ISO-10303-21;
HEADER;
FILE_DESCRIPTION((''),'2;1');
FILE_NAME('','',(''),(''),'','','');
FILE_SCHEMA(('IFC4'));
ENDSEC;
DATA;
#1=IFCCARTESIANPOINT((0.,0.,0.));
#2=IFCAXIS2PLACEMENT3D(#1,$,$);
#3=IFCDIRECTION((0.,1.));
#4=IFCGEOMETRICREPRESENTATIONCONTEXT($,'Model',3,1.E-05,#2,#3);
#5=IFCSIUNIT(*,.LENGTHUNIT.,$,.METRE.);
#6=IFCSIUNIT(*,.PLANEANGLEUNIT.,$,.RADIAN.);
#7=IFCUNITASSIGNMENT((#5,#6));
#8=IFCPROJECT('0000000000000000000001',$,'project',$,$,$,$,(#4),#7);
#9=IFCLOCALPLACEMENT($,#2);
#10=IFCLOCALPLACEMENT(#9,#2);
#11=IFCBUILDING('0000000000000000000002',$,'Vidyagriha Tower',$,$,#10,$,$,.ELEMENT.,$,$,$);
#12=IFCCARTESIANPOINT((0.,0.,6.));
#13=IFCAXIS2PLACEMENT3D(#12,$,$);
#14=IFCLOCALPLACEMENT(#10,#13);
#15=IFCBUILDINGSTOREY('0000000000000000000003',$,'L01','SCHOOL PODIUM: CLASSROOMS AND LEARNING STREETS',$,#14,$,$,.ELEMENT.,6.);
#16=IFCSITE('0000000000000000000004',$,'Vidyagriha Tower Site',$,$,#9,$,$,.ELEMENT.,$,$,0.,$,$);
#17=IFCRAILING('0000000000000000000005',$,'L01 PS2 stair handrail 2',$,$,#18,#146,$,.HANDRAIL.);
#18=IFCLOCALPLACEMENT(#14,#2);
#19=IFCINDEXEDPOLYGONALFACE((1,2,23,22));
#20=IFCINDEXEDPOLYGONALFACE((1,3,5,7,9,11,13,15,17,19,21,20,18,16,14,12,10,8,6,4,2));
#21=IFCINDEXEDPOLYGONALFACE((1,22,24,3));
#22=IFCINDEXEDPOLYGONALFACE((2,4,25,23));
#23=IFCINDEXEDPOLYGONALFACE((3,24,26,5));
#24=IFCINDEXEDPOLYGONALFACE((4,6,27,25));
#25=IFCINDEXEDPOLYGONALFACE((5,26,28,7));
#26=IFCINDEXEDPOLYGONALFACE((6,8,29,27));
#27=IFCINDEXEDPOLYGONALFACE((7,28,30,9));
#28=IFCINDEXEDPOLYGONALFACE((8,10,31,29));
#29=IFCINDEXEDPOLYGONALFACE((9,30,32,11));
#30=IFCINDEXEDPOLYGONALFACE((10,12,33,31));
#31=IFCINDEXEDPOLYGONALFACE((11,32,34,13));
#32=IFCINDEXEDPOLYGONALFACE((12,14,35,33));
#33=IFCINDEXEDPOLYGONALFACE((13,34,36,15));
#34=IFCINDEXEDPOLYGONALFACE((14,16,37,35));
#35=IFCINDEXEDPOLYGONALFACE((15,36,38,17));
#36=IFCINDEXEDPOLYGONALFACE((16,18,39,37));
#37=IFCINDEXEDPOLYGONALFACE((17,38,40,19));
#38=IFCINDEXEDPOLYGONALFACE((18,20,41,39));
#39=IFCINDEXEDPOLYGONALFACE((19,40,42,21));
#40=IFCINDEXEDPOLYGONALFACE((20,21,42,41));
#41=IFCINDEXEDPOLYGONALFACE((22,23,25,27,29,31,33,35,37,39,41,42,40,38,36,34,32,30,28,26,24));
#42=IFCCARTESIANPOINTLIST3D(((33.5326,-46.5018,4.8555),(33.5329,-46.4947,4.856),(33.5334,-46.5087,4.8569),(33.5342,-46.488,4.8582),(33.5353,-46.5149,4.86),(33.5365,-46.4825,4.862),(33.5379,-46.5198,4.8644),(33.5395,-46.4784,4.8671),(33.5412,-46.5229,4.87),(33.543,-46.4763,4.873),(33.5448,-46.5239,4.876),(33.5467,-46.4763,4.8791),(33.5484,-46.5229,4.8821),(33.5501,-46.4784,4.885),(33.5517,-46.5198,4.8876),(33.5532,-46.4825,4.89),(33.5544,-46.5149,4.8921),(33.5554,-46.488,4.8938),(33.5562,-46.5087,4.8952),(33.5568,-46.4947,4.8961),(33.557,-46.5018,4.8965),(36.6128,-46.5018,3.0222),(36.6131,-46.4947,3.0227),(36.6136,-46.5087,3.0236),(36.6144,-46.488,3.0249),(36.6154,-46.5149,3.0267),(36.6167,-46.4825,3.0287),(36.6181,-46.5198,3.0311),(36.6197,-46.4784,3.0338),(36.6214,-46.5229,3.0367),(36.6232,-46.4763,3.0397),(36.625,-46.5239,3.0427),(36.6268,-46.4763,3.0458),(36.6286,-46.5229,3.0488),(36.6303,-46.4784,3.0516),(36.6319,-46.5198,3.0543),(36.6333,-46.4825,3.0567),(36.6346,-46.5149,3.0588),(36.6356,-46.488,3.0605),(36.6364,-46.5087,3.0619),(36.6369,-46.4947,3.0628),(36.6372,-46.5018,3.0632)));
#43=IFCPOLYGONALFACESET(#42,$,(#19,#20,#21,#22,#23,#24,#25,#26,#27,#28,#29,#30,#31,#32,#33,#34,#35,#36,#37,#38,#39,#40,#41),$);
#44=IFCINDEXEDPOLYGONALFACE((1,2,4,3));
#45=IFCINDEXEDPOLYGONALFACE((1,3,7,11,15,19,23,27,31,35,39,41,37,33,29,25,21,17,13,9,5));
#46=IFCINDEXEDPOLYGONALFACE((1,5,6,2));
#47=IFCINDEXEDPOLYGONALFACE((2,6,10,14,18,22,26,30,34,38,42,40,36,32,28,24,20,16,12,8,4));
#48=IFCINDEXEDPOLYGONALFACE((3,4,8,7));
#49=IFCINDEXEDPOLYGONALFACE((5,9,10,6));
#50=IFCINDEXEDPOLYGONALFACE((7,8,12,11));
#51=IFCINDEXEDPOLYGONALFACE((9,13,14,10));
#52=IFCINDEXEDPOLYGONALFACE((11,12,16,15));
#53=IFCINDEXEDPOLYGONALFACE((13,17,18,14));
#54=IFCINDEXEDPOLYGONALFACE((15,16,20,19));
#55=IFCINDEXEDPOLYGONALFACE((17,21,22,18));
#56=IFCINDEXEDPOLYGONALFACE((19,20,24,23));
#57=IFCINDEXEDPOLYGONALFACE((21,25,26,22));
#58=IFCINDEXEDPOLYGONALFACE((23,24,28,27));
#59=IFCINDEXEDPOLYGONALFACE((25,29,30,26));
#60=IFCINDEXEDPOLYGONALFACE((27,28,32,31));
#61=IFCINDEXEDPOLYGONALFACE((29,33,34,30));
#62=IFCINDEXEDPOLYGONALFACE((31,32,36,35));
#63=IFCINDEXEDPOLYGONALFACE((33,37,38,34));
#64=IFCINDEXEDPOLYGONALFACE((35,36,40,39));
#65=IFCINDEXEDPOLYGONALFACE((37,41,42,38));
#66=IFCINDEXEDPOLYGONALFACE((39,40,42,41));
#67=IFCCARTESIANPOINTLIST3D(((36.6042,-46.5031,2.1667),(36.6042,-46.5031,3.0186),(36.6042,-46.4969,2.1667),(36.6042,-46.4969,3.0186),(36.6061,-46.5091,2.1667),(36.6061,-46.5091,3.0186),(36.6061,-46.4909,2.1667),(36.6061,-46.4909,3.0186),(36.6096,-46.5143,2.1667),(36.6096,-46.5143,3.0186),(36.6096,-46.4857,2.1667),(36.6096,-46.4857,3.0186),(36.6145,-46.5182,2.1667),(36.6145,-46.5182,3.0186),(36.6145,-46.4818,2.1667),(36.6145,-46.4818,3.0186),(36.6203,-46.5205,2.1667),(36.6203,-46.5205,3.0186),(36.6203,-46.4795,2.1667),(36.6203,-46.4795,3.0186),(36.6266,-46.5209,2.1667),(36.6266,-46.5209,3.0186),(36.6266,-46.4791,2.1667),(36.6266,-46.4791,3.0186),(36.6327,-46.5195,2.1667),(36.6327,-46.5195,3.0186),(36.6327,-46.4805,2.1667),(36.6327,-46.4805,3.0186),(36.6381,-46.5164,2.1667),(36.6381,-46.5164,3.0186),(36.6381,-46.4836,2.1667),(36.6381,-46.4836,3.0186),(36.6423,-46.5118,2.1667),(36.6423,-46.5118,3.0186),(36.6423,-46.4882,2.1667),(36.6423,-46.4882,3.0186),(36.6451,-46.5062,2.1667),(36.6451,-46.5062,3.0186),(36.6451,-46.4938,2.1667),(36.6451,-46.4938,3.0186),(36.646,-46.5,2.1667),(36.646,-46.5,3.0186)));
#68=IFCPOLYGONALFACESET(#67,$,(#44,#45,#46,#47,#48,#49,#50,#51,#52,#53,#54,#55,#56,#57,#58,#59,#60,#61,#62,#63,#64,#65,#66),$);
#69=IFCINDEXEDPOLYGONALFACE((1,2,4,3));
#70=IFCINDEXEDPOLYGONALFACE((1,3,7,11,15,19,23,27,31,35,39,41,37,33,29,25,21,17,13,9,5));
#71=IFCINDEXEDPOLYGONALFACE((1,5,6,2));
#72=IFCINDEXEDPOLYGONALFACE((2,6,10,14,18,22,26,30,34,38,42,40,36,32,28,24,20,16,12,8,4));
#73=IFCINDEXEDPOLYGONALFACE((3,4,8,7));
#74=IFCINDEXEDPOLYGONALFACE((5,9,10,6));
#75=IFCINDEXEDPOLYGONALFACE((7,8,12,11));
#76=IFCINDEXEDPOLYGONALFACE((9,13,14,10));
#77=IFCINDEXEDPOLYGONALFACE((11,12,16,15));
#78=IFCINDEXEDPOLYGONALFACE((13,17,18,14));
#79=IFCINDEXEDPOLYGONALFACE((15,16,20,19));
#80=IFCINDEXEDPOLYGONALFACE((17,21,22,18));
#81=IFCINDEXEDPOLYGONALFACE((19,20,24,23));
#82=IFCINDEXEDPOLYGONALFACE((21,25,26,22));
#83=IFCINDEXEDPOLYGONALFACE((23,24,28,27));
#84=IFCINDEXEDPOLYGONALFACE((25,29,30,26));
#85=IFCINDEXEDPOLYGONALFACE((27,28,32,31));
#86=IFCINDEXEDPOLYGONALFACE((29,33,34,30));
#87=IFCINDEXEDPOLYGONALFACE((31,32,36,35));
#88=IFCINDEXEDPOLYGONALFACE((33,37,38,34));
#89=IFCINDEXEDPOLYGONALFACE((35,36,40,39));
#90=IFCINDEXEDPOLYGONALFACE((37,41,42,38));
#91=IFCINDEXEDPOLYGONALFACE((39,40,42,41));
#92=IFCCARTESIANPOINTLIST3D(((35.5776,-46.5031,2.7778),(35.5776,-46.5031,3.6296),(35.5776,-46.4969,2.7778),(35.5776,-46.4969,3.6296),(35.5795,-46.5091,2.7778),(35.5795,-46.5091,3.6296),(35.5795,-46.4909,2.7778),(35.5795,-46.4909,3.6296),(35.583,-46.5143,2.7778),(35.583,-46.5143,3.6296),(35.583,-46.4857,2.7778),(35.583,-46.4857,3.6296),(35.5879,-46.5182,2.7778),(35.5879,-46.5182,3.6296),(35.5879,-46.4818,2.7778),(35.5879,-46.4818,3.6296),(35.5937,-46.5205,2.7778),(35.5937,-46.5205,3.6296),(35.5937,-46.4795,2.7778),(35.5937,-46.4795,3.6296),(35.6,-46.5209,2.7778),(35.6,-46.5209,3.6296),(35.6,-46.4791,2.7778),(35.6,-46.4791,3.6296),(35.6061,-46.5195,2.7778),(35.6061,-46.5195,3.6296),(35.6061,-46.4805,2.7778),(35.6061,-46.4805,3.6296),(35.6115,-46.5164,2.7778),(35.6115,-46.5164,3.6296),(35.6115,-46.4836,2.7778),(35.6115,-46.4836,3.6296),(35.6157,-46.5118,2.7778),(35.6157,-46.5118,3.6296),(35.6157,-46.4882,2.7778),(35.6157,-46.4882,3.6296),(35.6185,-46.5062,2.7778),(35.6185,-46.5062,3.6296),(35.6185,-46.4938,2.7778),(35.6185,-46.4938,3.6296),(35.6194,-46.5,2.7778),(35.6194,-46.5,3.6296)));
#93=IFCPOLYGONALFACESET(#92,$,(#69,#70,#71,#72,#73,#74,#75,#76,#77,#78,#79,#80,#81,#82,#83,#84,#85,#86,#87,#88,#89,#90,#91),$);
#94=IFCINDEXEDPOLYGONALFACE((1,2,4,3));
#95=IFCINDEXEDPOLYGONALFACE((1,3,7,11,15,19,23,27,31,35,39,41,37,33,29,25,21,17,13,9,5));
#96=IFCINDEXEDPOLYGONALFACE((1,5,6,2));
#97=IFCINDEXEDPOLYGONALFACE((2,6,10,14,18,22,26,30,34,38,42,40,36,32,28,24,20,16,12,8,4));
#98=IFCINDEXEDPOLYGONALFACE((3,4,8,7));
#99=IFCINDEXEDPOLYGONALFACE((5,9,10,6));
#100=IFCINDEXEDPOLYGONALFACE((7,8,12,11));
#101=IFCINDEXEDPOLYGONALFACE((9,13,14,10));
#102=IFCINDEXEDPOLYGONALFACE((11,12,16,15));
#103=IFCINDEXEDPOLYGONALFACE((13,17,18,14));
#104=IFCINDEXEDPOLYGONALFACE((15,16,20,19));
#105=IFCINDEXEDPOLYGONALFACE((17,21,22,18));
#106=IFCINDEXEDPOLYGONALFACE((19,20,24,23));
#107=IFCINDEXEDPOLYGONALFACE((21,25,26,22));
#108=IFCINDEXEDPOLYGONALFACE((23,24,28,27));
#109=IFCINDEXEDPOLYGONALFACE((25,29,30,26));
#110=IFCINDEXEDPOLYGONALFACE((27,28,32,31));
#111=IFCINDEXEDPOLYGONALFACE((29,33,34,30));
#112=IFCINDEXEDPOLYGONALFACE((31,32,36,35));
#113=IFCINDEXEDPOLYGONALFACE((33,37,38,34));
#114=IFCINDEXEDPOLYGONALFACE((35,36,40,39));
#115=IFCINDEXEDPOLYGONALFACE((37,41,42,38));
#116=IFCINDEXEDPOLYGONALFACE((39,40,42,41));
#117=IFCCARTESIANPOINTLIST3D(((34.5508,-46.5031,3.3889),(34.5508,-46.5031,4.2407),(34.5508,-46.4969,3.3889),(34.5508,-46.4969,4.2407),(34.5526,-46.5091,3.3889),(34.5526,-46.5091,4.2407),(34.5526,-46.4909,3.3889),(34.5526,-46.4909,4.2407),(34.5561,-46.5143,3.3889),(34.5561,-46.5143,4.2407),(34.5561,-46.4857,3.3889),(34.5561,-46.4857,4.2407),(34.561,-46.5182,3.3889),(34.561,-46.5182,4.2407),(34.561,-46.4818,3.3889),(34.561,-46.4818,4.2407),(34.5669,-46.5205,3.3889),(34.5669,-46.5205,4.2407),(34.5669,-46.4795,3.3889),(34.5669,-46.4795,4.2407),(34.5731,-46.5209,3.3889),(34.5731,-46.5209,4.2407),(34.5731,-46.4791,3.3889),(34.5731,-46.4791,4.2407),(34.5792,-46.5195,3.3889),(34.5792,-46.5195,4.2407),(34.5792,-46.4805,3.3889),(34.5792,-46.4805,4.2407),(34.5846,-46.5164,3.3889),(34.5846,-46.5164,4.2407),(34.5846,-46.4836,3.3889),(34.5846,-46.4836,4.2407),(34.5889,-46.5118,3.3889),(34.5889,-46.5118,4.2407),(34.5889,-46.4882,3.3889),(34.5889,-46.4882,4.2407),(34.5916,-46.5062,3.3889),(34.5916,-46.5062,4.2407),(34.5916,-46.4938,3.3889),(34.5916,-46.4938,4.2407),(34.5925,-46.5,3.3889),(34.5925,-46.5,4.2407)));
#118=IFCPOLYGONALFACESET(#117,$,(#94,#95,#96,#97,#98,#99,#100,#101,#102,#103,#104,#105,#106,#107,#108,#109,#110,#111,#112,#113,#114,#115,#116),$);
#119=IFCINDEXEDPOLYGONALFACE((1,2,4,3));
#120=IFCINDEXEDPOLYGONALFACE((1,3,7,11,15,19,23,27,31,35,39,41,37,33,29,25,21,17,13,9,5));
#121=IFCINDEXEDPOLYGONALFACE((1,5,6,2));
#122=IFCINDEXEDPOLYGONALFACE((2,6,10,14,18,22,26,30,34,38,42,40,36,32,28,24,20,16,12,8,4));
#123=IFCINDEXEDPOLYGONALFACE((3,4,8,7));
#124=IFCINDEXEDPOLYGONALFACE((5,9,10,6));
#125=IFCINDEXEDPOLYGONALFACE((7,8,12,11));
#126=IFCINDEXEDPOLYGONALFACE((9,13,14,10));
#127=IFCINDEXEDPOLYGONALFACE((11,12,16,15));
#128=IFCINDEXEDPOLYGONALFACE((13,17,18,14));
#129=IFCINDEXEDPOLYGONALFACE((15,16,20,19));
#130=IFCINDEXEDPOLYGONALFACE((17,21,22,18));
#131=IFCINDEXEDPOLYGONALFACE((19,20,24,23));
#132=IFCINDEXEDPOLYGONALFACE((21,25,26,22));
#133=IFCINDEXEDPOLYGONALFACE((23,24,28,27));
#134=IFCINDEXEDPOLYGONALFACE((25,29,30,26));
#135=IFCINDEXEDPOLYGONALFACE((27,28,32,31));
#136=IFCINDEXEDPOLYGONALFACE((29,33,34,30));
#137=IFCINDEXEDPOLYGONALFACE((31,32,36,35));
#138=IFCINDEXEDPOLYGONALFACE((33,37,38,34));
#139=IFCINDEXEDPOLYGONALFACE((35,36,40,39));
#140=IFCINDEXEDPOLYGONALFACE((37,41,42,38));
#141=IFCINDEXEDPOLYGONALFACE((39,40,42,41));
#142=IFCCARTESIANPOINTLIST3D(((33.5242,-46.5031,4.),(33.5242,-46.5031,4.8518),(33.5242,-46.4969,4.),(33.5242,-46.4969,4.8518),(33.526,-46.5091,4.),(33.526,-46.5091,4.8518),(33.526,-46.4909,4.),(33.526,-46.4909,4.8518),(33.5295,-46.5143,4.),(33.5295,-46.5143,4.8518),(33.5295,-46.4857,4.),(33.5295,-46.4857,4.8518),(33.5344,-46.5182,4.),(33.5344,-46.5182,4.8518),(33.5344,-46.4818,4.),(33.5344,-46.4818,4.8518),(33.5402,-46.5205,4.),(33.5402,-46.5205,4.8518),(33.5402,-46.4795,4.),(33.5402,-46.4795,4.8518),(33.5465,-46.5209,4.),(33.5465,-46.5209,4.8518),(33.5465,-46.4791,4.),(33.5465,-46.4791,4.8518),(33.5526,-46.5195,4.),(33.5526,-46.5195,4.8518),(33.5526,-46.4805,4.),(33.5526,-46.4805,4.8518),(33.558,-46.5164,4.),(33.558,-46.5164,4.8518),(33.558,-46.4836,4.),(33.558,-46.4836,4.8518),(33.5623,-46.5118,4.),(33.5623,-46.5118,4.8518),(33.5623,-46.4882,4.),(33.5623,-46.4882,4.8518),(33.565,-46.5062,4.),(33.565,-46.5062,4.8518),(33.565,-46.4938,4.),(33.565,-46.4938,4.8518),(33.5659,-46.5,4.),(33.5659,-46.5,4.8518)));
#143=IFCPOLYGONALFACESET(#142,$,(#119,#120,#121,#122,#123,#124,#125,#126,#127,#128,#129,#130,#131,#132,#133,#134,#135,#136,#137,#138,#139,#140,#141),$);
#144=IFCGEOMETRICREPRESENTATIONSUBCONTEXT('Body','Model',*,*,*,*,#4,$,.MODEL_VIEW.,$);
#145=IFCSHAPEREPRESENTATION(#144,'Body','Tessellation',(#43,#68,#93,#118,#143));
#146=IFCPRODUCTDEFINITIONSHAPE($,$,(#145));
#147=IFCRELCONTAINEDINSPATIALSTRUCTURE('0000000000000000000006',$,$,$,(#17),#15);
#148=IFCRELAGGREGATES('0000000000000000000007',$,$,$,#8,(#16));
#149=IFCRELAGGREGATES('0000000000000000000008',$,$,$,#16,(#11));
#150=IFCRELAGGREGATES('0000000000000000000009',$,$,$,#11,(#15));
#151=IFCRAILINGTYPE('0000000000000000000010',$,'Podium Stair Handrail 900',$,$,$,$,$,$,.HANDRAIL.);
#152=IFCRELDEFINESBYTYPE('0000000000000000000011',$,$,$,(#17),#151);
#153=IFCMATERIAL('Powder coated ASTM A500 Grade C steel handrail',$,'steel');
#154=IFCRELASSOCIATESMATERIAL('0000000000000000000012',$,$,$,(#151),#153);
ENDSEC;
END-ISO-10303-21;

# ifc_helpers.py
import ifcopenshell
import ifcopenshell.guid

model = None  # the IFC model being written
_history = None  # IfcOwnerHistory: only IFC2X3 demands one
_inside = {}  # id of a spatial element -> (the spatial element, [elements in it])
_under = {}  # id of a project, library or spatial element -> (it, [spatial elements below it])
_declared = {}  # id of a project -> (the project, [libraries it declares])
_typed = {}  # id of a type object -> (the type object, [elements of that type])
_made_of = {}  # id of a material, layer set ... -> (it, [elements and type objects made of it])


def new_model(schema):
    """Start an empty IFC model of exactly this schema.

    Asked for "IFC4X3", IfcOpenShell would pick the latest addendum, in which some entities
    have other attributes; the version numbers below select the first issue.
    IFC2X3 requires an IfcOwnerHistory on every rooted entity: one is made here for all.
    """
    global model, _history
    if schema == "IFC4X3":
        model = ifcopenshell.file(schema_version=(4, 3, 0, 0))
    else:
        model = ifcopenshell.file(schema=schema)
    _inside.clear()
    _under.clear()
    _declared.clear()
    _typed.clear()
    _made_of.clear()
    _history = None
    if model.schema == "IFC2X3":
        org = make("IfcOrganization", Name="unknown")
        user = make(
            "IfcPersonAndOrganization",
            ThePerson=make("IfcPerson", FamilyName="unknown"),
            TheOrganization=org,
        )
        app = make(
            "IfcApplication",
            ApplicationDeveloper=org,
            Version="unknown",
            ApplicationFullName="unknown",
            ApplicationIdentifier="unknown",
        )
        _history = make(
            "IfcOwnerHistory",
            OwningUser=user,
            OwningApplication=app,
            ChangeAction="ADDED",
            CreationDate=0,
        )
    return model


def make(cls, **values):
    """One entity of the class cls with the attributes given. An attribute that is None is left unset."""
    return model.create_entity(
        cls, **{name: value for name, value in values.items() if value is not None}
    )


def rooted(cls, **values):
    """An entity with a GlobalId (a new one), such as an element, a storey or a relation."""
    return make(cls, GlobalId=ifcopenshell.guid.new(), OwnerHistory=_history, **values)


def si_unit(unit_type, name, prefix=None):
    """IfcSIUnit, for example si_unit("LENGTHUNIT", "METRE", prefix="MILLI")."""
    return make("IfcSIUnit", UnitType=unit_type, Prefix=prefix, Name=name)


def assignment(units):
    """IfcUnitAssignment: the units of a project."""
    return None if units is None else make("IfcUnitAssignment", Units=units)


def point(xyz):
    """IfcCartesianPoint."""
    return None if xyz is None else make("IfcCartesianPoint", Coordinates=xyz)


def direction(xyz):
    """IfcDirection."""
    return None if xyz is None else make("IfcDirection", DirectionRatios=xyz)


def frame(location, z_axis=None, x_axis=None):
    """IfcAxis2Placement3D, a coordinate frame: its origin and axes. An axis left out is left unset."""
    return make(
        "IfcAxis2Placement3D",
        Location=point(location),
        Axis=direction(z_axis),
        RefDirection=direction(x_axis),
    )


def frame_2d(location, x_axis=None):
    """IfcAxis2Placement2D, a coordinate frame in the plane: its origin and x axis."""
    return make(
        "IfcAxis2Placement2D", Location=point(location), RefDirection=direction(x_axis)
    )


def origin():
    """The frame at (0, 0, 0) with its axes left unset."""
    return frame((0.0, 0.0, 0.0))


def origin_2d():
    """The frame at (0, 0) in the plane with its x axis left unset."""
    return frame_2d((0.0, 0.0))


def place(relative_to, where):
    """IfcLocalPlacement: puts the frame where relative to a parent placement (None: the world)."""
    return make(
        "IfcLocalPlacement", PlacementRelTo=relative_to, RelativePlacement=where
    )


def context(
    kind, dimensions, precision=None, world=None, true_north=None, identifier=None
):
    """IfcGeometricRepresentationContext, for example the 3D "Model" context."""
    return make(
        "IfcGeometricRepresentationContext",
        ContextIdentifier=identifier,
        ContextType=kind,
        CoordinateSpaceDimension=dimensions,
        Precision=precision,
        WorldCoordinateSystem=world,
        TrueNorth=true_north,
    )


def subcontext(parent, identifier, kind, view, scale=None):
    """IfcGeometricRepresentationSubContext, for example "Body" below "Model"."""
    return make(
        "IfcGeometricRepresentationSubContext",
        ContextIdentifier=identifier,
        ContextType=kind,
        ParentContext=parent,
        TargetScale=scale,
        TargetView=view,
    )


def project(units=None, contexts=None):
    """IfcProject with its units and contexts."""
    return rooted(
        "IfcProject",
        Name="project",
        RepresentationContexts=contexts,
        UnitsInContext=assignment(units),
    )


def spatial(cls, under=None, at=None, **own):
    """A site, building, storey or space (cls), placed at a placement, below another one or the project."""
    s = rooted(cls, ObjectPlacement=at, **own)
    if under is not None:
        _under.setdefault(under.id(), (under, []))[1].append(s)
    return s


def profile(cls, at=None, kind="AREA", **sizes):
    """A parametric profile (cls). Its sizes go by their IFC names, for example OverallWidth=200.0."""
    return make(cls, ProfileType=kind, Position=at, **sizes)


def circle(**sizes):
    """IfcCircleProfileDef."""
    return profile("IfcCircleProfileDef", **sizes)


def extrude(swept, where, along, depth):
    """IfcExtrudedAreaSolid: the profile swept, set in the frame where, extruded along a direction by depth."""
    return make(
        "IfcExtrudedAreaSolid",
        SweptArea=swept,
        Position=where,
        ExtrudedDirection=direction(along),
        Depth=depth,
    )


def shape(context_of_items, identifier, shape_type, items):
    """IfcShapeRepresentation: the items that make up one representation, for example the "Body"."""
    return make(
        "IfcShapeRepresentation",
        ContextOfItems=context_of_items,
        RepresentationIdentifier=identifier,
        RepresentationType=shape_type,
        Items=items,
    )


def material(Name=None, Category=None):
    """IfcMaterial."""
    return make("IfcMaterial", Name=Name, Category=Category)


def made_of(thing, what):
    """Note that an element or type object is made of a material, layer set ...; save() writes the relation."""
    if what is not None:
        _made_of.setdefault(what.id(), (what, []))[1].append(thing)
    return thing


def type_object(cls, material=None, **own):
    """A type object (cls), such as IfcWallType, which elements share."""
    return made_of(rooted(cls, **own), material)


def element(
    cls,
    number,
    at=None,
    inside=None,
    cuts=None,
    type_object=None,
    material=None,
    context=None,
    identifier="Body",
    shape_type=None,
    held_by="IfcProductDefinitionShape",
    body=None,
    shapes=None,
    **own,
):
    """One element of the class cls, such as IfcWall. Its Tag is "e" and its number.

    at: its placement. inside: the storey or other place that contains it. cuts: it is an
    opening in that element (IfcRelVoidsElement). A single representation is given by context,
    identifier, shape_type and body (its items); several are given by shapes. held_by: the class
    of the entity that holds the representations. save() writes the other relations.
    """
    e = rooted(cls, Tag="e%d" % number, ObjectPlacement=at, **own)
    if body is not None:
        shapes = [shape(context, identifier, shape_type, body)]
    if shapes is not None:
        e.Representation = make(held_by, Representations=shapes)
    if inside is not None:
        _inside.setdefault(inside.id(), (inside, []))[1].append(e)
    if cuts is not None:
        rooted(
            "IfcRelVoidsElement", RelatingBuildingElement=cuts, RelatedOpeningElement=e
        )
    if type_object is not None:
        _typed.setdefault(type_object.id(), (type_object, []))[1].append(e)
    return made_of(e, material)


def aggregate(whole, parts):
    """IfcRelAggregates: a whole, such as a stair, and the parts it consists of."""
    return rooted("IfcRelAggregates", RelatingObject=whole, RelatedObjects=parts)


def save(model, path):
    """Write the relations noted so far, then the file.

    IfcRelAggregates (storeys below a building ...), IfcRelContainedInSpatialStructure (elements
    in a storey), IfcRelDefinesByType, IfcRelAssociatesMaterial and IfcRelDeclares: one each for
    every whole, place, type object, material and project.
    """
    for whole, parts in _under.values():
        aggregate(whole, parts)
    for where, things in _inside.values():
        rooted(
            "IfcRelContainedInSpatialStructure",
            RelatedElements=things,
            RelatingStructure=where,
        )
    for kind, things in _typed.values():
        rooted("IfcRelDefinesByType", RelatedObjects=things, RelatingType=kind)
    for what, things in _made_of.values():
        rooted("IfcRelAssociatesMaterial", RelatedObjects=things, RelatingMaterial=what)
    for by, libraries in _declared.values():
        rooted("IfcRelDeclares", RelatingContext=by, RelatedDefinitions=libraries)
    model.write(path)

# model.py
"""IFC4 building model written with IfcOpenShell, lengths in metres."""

from ifc_helpers import new_model, si_unit, direction, frame, origin, origin_2d, place, context, subcontext, project, spatial, circle, extrude, material, type_object, element, save


model = new_model("IFC4")

# Units and contexts
model_context = context("Model", 3, precision=1e-05, world=origin(), true_north=direction((0.0, 1.0)))
body_context = subcontext(model_context, "Body", "Model", "MODEL_VIEW")
ifc_project = project(units=[si_unit("LENGTHUNIT", "METRE"), si_unit("PLANEANGLEUNIT", "RADIAN")], contexts=[model_context])

# Site, building, storey
site_placement = place(None, origin())
site = spatial("IfcSite", under=ifc_project, at=site_placement, Name="Vidyagriha Tower Site", CompositionType="ELEMENT", RefElevation=0.0)
building_placement = place(site_placement, origin())
building = spatial("IfcBuilding", under=site, at=building_placement, Name="Vidyagriha Tower", CompositionType="ELEMENT")
storey_placement = place(building_placement, frame((0.0, 0.0, 6.0)))
storey = spatial("IfcBuildingStorey", under=building, at=storey_placement, Name="L01", Description="SCHOOL PODIUM: CLASSROOMS AND LEARNING STREETS", CompositionType="ELEMENT", Elevation=6.0)

# Railing
ifc_material_1 = material(Name="Powder coated ASTM A500 Grade C steel handrail", Category="steel")
railing_type_1 = type_object("IfcRailingType", Name="Podium Stair Handrail 900", PredefinedType="HANDRAIL", material=ifc_material_1)
railing_1_placement = place(storey_placement, frame((36.625, -46.5, 2.1667)))
element("IfcRailing", 1, at=railing_1_placement, inside=storey, type_object=railing_type_1, Name="L01 PS2 stair handrail 2", PredefinedType="HANDRAIL", context=body_context, shape_type="SweptSolid", body=[
    extrude(circle(Radius=0.0239, at=origin_2d()), frame((0.0, 0.0, 0.876), z_axis=(-0.859309, 0.0, 0.511458), x_axis=(0.0, -1.0, 0.0)), (0.0, 0.0, 1.0), 3.5845),
    extrude(circle(Radius=0.021, at=origin_2d()), origin(), (0.0, 0.0, 1.0), 0.8518),
    extrude(circle(Radius=0.021, at=origin_2d()), frame((-1.0266, 0.0, 0.6111)), (0.0, 0.0, 1.0), 0.8518),
    extrude(circle(Radius=0.021, at=origin_2d()), frame((-2.0535, 0.0, 1.2222)), (0.0, 0.0, 1.0), 0.8518),
    extrude(circle(Radius=0.021, at=origin_2d()), frame((-3.0801, 0.0, 1.8333)), (0.0, 0.0, 1.0), 0.8518),
])

save(model, "model.ifc")
